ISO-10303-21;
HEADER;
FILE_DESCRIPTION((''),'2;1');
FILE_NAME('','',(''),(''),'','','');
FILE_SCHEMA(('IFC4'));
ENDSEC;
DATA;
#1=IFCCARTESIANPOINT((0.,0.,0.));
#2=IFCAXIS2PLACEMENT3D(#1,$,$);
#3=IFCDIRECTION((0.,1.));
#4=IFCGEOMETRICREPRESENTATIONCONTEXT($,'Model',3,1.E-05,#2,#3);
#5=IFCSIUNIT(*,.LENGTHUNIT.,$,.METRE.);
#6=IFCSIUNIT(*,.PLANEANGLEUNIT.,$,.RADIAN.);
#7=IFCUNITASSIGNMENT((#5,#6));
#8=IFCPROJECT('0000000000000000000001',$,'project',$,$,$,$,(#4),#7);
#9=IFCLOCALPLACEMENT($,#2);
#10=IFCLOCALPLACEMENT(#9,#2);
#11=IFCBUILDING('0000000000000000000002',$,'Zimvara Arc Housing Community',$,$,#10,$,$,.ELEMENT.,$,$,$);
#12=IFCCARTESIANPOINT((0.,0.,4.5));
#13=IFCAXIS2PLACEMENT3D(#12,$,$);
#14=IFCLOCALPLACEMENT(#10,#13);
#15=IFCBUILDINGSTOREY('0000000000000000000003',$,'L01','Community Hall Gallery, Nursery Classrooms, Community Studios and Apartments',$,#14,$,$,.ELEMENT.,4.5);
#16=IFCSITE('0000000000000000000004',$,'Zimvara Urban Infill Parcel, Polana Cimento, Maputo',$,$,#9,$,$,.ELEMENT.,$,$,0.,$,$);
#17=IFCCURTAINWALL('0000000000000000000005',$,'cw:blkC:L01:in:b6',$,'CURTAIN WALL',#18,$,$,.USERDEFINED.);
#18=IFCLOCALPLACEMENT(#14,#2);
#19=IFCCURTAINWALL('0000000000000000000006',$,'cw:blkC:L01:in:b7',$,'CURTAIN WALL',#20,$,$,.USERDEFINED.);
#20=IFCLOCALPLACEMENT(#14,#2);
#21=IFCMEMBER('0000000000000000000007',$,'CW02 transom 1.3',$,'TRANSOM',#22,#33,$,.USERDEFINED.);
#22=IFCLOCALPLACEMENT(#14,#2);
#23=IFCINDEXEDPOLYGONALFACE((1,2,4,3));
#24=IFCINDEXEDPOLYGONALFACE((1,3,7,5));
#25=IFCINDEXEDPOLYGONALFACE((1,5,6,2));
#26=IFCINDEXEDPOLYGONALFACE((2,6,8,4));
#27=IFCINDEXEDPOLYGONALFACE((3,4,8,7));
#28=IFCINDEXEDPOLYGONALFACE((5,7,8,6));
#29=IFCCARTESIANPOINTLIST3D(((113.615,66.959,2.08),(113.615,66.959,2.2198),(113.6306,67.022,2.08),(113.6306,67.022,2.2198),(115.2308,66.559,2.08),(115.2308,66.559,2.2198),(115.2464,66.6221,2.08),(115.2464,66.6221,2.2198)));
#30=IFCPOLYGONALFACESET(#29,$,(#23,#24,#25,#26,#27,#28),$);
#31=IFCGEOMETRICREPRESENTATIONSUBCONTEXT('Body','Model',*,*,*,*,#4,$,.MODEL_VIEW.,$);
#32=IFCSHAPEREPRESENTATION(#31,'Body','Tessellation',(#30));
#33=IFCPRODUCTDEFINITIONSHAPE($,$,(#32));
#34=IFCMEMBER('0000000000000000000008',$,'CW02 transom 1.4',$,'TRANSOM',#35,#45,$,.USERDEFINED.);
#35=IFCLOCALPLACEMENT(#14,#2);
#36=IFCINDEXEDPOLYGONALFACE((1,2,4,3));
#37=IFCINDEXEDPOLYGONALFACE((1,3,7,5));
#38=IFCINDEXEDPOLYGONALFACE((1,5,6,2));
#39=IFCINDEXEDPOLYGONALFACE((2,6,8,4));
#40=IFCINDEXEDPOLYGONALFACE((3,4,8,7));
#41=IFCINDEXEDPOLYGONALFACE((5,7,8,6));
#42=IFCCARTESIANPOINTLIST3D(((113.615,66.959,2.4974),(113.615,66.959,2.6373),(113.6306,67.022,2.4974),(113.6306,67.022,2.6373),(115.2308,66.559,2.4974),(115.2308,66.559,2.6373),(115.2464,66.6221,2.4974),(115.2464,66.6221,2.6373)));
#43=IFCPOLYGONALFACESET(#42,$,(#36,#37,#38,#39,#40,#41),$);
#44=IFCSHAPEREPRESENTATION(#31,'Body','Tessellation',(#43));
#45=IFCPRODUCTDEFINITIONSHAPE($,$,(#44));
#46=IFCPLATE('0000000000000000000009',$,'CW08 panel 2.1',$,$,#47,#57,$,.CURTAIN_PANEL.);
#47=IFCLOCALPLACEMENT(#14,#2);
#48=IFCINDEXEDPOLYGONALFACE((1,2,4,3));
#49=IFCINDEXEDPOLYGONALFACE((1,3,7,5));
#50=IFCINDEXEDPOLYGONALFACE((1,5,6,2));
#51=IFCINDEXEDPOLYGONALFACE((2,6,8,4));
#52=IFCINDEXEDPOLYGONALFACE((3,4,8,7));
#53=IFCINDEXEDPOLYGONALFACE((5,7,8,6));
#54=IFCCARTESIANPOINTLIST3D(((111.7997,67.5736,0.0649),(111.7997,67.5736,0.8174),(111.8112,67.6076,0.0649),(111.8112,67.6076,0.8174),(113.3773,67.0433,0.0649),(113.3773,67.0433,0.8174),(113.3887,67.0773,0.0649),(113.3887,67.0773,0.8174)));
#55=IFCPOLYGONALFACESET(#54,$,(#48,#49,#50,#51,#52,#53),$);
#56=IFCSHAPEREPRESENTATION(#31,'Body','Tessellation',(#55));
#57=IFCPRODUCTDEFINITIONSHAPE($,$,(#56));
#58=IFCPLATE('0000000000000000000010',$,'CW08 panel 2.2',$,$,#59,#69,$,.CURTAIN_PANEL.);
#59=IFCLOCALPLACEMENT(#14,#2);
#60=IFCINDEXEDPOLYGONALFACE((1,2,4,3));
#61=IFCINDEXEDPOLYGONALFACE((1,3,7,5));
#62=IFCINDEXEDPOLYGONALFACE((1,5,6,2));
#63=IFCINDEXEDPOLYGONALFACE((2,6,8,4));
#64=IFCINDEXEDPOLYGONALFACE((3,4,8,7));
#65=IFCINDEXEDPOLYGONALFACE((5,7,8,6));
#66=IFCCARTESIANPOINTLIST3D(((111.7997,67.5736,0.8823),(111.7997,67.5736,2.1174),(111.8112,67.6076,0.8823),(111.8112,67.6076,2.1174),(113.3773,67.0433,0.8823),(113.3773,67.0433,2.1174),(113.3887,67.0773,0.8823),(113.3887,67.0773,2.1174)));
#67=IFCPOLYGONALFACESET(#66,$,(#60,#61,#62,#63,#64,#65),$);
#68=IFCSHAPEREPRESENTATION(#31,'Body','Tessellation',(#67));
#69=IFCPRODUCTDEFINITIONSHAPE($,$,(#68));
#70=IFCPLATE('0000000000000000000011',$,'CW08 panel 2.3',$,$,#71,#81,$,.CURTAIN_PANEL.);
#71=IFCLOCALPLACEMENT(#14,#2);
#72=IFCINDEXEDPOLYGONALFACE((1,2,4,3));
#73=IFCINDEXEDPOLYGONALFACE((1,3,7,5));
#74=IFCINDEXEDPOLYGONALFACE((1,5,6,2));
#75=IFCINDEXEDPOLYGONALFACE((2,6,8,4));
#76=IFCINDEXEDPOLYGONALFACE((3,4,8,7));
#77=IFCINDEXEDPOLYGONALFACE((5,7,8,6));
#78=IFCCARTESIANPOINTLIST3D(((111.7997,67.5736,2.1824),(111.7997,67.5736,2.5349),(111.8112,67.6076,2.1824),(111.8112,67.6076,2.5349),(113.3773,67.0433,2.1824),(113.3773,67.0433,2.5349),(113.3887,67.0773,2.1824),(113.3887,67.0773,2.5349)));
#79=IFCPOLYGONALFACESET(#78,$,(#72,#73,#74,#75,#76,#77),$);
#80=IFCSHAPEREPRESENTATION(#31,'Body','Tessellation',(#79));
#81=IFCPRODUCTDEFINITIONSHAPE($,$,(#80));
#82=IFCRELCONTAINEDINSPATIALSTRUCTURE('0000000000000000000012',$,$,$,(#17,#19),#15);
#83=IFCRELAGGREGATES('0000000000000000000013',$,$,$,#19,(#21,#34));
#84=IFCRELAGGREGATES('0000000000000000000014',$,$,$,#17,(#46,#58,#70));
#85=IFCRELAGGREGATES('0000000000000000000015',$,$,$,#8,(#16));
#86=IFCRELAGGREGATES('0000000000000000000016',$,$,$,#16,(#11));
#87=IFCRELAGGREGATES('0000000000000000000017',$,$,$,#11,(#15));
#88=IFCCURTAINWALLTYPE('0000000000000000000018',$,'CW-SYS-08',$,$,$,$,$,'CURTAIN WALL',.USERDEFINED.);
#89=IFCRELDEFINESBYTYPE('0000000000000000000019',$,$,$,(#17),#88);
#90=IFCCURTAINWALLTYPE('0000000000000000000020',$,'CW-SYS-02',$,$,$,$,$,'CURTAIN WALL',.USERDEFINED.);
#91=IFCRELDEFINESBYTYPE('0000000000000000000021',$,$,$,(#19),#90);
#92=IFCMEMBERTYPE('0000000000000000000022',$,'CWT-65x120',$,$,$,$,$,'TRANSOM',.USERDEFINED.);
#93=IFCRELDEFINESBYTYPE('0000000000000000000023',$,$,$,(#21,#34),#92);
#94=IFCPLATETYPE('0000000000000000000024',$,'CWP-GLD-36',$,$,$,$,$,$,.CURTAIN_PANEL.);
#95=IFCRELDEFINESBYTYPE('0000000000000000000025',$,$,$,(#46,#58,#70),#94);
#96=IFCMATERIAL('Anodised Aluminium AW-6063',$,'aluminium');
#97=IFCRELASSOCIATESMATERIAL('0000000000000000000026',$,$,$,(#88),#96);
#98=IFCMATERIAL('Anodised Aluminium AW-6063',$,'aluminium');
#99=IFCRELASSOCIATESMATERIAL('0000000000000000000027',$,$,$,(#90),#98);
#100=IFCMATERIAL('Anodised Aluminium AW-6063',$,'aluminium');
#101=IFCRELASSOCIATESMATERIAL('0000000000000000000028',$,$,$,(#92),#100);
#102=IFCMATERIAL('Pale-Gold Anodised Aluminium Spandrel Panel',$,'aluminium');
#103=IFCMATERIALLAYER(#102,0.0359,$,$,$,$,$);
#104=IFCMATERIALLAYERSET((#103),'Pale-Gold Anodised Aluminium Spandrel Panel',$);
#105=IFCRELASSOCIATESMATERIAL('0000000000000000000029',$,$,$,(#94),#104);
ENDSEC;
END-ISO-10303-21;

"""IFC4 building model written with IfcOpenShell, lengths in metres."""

from ifc_helpers import new_model, si_unit, direction, frame, origin, origin_2d, place, context, subcontext, project, spatial, rectangle, extrude, material, layer, layer_set, material_profile, profile_set, type_object, element, aggregate, save


model = new_model("IFC4")

# Units and contexts
model_context = context("Model", 3, precision=1e-05, world=origin(), true_north=direction((0.0, 1.0)))
body_context = subcontext(model_context, "Body", "Model", "MODEL_VIEW")
ifc_project = project(units=[si_unit("LENGTHUNIT", "METRE"), si_unit("PLANEANGLEUNIT", "RADIAN")], contexts=[model_context])

# Site, building, storey
site_placement = place(None, origin())
site = spatial("IfcSite", under=ifc_project, at=site_placement, Name="Zimvara Urban Infill Parcel, Polana Cimento, Maputo", CompositionType="ELEMENT", RefElevation=0.0)
building_placement = place(site_placement, origin())
building = spatial("IfcBuilding", under=site, at=building_placement, Name="Zimvara Arc Housing Community", CompositionType="ELEMENT")
storey_placement = place(building_placement, frame((0.0, 0.0, 4.5)))
storey = spatial("IfcBuildingStorey", under=building, at=storey_placement, Name="L01", Description="Community Hall Gallery, Nursery Classrooms, Community Studios and Apartments", CompositionType="ELEMENT", Elevation=4.5)

# Curtain walls
ifc_material_1 = material(Name="Anodised Aluminium AW-6063", Category="aluminium")
curtain_wall_type_1 = type_object("IfcCurtainWallType", Name="CW-SYS-08", ElementType="CURTAIN WALL", PredefinedType="USERDEFINED", material=ifc_material_1)
curtain_wall_1_placement = place(storey_placement, origin())
curtain_wall_1 = element("IfcCurtainWall", 1, at=curtain_wall_1_placement, inside=storey, type_object=curtain_wall_type_1, Name="cw:blkC:L01:in:b6", ObjectType="CURTAIN WALL", PredefinedType="USERDEFINED")
ifc_material_2 = material(Name="Anodised Aluminium AW-6063", Category="aluminium")
curtain_wall_type_2 = type_object("IfcCurtainWallType", Name="CW-SYS-02", ElementType="CURTAIN WALL", PredefinedType="USERDEFINED", material=ifc_material_2)
curtain_wall_2_placement = place(storey_placement, origin())
curtain_wall_2 = element("IfcCurtainWall", 2, at=curtain_wall_2_placement, inside=storey, type_object=curtain_wall_type_2, Name="cw:blkC:L01:in:b7", ObjectType="CURTAIN WALL", PredefinedType="USERDEFINED")

# Members
ifc_material_3 = material(Name="Anodised Aluminium AW-6063", Category="aluminium")
ifc_material_profile_1 = material_profile(ifc_material_3, rectangle(XDim=0.0649, YDim=0.1399, at=origin_2d()), Name="ALU 65x140")
ifc_profile_set_1 = profile_set([ifc_material_profile_1], Name="Anodised Aluminium AW-6063")
member_type_1 = type_object("IfcMemberType", Name="CWT-65x120", ElementType="TRANSOM", PredefinedType="USERDEFINED", material=ifc_profile_set_1)
member_1_placement = place(storey_placement, frame((113.6228, 66.9905, 2.1499), z_axis=(0.970709, -0.240257, 0.0), x_axis=(0.240257, 0.970709, 0.0)))
member_1 = element("IfcMember", 3, at=member_1_placement, type_object=member_type_1, Name="CW02 transom 1.3", ObjectType="TRANSOM", PredefinedType="USERDEFINED", context=body_context, shape_type="SweptSolid", body=[
    extrude(rectangle(XDim=0.0649, YDim=0.1399, at=origin_2d()), origin(), (0.0, 0.0, 1.0), 1.6646),
])
member_2_placement = place(storey_placement, frame((113.6228, 66.9905, 2.5674), z_axis=(0.970709, -0.240257, 0.0), x_axis=(0.240257, 0.970709, 0.0)))
member_2 = element("IfcMember", 4, at=member_2_placement, type_object=member_type_1, Name="CW02 transom 1.4", ObjectType="TRANSOM", PredefinedType="USERDEFINED", context=body_context, shape_type="SweptSolid", body=[
    extrude(rectangle(XDim=0.0649, YDim=0.1399, at=origin_2d()), origin(), (0.0, 0.0, 1.0), 1.6646),
])
aggregate(curtain_wall_2, [member_1, member_2])

# Plates
ifc_material_4 = material(Name="Pale-Gold Anodised Aluminium Spandrel Panel", Category="aluminium")
ifc_layer_1 = layer(ifc_material_4, 0.0359)
ifc_layer_set_1 = layer_set([ifc_layer_1], Name="Pale-Gold Anodised Aluminium Spandrel Panel")
plate_type = type_object("IfcPlateType", Name="CWP-GLD-36", PredefinedType="CURTAIN_PANEL", material=ifc_layer_set_1)
plate_1_placement = place(storey_placement, frame((112.5942, 67.3254, 0.0649), z_axis=(0.0, 0.0, 1.0), x_axis=(0.947879, -0.31863, 0.0)))
plate_1 = element("IfcPlate", 5, at=plate_1_placement, type_object=plate_type, Name="CW08 panel 2.1", PredefinedType="CURTAIN_PANEL", context=body_context, shape_type="SweptSolid", body=[
    extrude(rectangle(XDim=1.6643, YDim=0.0359, at=origin_2d()), origin(), (0.0, 0.0, 1.0), 0.7524),
])
plate_2_placement = place(storey_placement, frame((112.5942, 67.3254, 0.8823), z_axis=(0.0, 0.0, 1.0), x_axis=(0.947879, -0.31863, 0.0)))
plate_2 = element("IfcPlate", 6, at=plate_2_placement, type_object=plate_type, Name="CW08 panel 2.2", PredefinedType="CURTAIN_PANEL", context=body_context, shape_type="SweptSolid", body=[
    extrude(rectangle(XDim=1.6643, YDim=0.0359, at=origin_2d()), origin(), (0.0, 0.0, 1.0), 1.2351),
])
plate_3_placement = place(storey_placement, frame((112.5942, 67.3254, 2.1824), z_axis=(0.0, 0.0, 1.0), x_axis=(0.947879, -0.31863, 0.0)))
plate_3 = element("IfcPlate", 7, at=plate_3_placement, type_object=plate_type, Name="CW08 panel 2.3", PredefinedType="CURTAIN_PANEL", context=body_context, shape_type="SweptSolid", body=[
    extrude(rectangle(XDim=1.6643, YDim=0.0359, at=origin_2d()), origin(), (0.0, 0.0, 1.0), 0.3525),
])
aggregate(curtain_wall_1, [plate_1, plate_2, plate_3])

save(model, "model.ifc")
